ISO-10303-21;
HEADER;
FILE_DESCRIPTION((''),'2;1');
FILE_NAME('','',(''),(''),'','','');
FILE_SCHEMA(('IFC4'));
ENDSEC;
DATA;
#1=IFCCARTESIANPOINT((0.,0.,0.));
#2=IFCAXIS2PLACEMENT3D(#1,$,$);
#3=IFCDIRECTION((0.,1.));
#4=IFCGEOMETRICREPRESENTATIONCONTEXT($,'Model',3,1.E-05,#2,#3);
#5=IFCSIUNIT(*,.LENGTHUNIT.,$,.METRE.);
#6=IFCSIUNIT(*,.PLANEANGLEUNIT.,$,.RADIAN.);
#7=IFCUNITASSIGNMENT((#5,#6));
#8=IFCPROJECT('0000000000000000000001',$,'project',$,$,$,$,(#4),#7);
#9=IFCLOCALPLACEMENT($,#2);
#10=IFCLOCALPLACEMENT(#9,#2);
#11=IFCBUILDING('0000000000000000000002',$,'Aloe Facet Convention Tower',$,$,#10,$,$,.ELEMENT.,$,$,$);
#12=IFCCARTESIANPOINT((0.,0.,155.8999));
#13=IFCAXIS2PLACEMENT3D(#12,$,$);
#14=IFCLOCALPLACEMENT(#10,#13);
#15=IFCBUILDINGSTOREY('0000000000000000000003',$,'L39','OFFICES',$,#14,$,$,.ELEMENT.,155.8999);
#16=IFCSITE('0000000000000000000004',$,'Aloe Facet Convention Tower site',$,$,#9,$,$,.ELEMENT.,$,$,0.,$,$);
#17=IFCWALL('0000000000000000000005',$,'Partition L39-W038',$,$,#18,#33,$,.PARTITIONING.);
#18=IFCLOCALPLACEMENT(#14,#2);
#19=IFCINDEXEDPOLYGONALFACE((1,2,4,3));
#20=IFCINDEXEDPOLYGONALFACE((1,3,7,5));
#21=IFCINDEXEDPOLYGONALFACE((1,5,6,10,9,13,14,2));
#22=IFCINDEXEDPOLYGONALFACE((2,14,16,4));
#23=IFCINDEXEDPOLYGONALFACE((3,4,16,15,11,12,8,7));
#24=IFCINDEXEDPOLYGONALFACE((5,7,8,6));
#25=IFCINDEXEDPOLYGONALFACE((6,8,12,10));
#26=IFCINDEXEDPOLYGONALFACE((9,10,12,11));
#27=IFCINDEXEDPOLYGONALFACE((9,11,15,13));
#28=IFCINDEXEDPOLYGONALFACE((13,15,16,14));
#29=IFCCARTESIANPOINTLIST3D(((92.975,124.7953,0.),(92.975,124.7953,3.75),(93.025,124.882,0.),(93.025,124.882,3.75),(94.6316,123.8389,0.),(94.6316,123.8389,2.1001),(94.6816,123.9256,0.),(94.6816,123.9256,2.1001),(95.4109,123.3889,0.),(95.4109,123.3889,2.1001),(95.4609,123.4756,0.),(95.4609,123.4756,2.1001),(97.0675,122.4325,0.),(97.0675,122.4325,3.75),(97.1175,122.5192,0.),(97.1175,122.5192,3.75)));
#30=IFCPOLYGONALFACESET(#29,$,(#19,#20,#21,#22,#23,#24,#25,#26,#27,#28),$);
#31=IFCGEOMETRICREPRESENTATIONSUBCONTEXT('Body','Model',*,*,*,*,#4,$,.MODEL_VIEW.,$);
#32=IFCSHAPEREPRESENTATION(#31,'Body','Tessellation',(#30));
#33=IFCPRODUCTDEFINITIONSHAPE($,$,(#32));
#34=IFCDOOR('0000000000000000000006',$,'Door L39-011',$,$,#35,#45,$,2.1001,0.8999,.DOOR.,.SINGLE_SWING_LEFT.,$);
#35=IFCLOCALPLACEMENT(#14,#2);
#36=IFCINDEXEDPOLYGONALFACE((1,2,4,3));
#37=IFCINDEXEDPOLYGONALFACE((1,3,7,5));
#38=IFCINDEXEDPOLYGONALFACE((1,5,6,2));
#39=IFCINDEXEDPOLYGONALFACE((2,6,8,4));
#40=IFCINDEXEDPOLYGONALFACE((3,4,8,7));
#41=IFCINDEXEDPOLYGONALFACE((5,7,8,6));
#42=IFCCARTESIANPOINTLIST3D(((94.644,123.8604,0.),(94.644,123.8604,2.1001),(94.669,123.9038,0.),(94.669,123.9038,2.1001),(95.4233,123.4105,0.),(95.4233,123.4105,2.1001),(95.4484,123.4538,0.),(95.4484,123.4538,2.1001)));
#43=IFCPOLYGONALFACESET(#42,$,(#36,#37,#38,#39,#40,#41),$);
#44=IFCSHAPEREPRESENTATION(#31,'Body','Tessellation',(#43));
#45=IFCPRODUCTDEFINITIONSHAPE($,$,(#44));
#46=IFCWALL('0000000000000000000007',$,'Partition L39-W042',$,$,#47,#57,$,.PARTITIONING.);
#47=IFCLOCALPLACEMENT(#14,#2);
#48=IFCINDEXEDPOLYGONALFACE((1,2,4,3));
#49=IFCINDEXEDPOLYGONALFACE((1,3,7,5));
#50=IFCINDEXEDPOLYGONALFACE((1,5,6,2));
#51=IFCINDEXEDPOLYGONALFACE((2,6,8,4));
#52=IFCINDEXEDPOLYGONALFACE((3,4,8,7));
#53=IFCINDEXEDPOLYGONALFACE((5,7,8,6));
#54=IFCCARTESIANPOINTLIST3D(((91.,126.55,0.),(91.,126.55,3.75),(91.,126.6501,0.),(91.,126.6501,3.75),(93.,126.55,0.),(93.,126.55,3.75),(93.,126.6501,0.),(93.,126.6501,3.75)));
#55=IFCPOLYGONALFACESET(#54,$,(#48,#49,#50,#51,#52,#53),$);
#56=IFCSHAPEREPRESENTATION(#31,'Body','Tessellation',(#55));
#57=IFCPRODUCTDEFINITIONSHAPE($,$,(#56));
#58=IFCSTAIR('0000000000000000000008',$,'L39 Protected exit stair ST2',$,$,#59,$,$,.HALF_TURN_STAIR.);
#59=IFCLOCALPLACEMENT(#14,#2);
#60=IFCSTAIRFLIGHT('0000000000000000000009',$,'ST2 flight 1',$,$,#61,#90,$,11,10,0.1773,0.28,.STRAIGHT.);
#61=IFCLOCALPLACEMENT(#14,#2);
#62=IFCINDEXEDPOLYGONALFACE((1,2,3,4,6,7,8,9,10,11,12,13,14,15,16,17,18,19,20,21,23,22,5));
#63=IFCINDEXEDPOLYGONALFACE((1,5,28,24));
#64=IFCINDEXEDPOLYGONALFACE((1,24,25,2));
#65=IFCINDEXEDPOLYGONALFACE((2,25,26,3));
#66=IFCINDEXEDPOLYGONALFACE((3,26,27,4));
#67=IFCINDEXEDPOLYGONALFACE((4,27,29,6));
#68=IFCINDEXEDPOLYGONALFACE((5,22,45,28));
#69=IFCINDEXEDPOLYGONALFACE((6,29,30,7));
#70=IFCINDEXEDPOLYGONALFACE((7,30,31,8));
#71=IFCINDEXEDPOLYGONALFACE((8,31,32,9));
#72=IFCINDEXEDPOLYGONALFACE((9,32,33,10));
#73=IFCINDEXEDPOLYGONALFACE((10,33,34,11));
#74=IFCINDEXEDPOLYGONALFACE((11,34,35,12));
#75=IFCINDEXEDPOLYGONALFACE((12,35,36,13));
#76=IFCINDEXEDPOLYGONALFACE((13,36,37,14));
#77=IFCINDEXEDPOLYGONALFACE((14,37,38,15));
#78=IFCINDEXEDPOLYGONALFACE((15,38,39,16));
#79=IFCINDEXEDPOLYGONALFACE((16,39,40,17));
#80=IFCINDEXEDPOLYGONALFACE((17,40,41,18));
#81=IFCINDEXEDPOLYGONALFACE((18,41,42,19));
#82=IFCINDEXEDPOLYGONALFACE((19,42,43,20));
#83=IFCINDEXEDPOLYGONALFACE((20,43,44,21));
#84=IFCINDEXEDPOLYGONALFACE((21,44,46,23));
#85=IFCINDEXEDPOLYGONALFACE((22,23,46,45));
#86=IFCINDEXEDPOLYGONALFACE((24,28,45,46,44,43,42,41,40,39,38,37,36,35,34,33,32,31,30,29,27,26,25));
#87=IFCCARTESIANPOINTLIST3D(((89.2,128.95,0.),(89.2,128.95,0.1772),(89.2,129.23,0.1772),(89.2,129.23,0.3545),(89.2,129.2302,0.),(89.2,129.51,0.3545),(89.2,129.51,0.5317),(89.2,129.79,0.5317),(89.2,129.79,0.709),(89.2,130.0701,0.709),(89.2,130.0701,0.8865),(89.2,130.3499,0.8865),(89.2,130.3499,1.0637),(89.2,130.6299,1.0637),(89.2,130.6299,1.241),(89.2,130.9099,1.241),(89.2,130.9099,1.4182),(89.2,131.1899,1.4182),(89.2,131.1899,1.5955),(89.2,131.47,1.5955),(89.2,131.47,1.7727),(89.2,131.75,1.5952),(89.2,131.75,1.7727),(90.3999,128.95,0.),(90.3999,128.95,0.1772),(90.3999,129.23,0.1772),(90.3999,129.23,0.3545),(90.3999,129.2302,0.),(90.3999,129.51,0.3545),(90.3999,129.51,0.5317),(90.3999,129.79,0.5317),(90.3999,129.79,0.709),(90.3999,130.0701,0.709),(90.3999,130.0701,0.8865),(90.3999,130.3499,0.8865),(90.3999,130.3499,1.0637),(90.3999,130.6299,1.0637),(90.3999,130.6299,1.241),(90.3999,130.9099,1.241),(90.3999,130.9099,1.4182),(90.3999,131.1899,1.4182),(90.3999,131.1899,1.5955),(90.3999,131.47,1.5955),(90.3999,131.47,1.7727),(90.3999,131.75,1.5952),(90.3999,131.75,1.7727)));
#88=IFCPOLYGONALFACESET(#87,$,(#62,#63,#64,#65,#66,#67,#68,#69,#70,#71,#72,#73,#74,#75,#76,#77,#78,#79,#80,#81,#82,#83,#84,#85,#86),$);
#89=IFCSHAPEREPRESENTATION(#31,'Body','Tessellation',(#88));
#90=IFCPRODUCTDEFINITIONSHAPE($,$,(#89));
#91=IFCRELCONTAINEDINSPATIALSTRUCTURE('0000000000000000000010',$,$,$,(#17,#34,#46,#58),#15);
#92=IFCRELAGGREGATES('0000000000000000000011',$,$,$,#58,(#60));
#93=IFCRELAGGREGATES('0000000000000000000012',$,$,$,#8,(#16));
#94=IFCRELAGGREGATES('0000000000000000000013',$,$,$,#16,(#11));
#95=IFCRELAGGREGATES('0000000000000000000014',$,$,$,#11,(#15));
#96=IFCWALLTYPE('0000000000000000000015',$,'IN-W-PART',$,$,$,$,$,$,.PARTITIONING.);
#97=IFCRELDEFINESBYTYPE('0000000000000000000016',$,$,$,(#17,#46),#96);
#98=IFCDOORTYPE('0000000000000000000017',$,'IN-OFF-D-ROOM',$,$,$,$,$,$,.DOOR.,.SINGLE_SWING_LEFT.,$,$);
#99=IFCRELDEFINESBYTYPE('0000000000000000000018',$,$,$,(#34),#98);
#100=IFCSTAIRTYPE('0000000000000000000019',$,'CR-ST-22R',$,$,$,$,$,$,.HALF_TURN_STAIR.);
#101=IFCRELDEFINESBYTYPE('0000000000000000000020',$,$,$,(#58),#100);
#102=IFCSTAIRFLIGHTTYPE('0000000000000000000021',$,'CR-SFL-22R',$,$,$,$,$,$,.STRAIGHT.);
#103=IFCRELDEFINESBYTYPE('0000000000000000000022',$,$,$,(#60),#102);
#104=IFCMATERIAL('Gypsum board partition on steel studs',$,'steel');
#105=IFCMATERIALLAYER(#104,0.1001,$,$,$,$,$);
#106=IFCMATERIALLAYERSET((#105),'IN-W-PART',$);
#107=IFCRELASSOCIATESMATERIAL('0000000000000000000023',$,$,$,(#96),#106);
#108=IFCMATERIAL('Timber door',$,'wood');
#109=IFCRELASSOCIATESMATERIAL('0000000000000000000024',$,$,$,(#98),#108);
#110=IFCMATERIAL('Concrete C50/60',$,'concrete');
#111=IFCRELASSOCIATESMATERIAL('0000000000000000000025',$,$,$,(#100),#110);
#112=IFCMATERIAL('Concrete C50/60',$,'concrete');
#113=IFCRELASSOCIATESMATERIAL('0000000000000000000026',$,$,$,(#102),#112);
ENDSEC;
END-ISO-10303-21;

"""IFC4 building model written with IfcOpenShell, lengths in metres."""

from ifc_helpers import new_model, si_unit, direction, frame, frame_2d, origin, place, context, subcontext, project, spatial, polyline, rectangle, outline, extrude, material, layer, layer_set, type_object, element, fill, aggregate, save


model = new_model("IFC4")

# Units and contexts
model_context = context("Model", 3, precision=1e-05, world=origin(), true_north=direction((0.0, 1.0)))
body_context = subcontext(model_context, "Body", "Model", "MODEL_VIEW")
ifc_project = project(units=[si_unit("LENGTHUNIT", "METRE"), si_unit("PLANEANGLEUNIT", "RADIAN")], contexts=[model_context])

# Site, building, storey
site_placement = place(None, origin())
site = spatial("IfcSite", under=ifc_project, at=site_placement, Name="Aloe Facet Convention Tower site", CompositionType="ELEMENT", RefElevation=0.0)
building_placement = place(site_placement, origin())
building = spatial("IfcBuilding", under=site, at=building_placement, Name="Aloe Facet Convention Tower", CompositionType="ELEMENT")
storey_placement = place(building_placement, frame((0.0, 0.0, 155.8999)))
storey = spatial("IfcBuildingStorey", under=building, at=storey_placement, Name="L39", Description="OFFICES", CompositionType="ELEMENT", Elevation=155.8999)

# Wall, opening, door
ifc_material_1 = material(Name="Gypsum board partition on steel studs", Category="steel")
ifc_layer_1 = layer(ifc_material_1, 0.1001)
ifc_layer_set_1 = layer_set([ifc_layer_1], Name="IN-W-PART")
wall_type_1 = type_object("IfcWallType", Name="IN-W-PART", PredefinedType="PARTITIONING", material=ifc_layer_set_1)
wall_1_placement = place(storey_placement, frame((93.0, 124.8386, 0.0), z_axis=(0.0, 0.0, 1.0), x_axis=(0.866028, -0.499995, 0.0)))
wall_1 = element("IfcWall", 1, at=wall_1_placement, inside=storey, type_object=wall_type_1, Name="Partition L39-W038", PredefinedType="PARTITIONING", context=body_context, shape_type="SweptSolid", body=[
    extrude(rectangle(XDim=4.7256, YDim=0.1001, at=frame_2d((2.3628, 0.0))), origin(), (0.0, 0.0, 1.0), 3.75),
])
opening_placement = place(wall_1_placement, frame((1.9128, 0.0, 0.0)))
opening = element("IfcOpeningElement", 2, at=opening_placement, cuts=wall_1, PredefinedType="OPENING", context=body_context, shape_type="SweptSolid", body=[
    extrude(rectangle(XDim=0.8999, YDim=2.1001, at=frame_2d((0.45, 1.05))), frame((0.0, 0.0601, 0.0), z_axis=(0.0, -1.0, 0.0), x_axis=(1.0, 0.0, 0.0)), (0.0, 0.0, 1.0), 0.1201),
])
ifc_material_2 = material(Name="Timber door", Category="wood")
door_type = type_object("IfcDoorType", Name="IN-OFF-D-ROOM", OperationType="SINGLE_SWING_LEFT", PredefinedType="DOOR", material=ifc_material_2)
door_placement = place(opening_placement, origin())
door = element("IfcDoor", 3, at=door_placement, inside=storey, type_object=door_type, Name="Door L39-011", OperationType="SINGLE_SWING_LEFT", OverallHeight=2.1001, OverallWidth=0.8999, PredefinedType="DOOR", context=body_context, shape_type="SweptSolid", body=[
    extrude(rectangle(XDim=0.8999, YDim=2.1001, at=frame_2d((0.45, 1.05))), frame((0.0, 0.0249, 0.0), z_axis=(0.0, -1.0, 0.0), x_axis=(1.0, 0.0, 0.0)), (0.0, 0.0, 1.0), 0.05),
])
fill(opening, door)

# Wall
wall_2_placement = place(storey_placement, frame((91.0, 126.6001, 0.0), z_axis=(0.0, 0.0, 1.0), x_axis=(1.0, 0.0, 0.0)))
element("IfcWall", 4, at=wall_2_placement, inside=storey, type_object=wall_type_1, Name="Partition L39-W042", PredefinedType="PARTITIONING", context=body_context, shape_type="SweptSolid", body=[
    extrude(rectangle(XDim=2.0, YDim=0.1001, at=frame_2d((1.0, 0.0))), origin(), (0.0, 0.0, 1.0), 3.75),
])

# Stair, stair flight
ifc_material_3 = material(Name="Concrete C50/60", Category="concrete")
stair_type = type_object("IfcStairType", Name="CR-ST-22R", PredefinedType="HALF_TURN_STAIR", material=ifc_material_3)
stair_placement = place(storey_placement, origin())
stair = element("IfcStair", 5, at=stair_placement, inside=storey, type_object=stair_type, Name="L39 Protected exit stair ST2", PredefinedType="HALF_TURN_STAIR")
ifc_material_4 = material(Name="Concrete C50/60", Category="concrete")
stair_flight_type = type_object("IfcStairFlightType", Name="CR-SFL-22R", PredefinedType="STRAIGHT", material=ifc_material_4)
stair_flight_placement = place(storey_placement, frame((89.8, 128.95, 0.0), z_axis=(0.0, 0.0, 1.0), x_axis=(0.0, 1.0, 0.0)))
stair_flight = element("IfcStairFlight", 6, at=stair_flight_placement, type_object=stair_flight_type, Name="ST2 flight 1", NumberOfRisers=11, NumberOfTreads=10, PredefinedType="STRAIGHT", RiserHeight=0.1773, TreadLength=0.28, context=body_context, shape_type="SweptSolid", body=[
    extrude(outline(polyline([(0.0, 0.0), (0.0, 0.1772), (0.28, 0.1772), (0.28, 0.3545), (0.5601, 0.3545), (0.5601, 0.5317), (0.8401, 0.5317), (0.8401, 0.709), (1.1201, 0.709), (1.1201, 0.8865), (1.3999, 0.8865), (1.3999, 1.0637), (1.6799, 1.0637), (1.6799, 1.241), (1.96, 1.241), (1.96, 1.4182), (2.24, 1.4182), (2.24, 1.5955), (2.52, 1.5955), (2.52, 1.7727), (2.8, 1.7727), (2.8, 1.95), (2.8, 1.5952), (0.2803, 0.0), (0.0, 0.0)])), frame((0.0, 0.6001, 0.0), z_axis=(0.0, -1.0, 0.0), x_axis=(1.0, 0.0, 0.0)), (0.0, 0.0, 1.0), 1.2),
])
aggregate(stair, [stair_flight])

save(model, "model.ifc")
